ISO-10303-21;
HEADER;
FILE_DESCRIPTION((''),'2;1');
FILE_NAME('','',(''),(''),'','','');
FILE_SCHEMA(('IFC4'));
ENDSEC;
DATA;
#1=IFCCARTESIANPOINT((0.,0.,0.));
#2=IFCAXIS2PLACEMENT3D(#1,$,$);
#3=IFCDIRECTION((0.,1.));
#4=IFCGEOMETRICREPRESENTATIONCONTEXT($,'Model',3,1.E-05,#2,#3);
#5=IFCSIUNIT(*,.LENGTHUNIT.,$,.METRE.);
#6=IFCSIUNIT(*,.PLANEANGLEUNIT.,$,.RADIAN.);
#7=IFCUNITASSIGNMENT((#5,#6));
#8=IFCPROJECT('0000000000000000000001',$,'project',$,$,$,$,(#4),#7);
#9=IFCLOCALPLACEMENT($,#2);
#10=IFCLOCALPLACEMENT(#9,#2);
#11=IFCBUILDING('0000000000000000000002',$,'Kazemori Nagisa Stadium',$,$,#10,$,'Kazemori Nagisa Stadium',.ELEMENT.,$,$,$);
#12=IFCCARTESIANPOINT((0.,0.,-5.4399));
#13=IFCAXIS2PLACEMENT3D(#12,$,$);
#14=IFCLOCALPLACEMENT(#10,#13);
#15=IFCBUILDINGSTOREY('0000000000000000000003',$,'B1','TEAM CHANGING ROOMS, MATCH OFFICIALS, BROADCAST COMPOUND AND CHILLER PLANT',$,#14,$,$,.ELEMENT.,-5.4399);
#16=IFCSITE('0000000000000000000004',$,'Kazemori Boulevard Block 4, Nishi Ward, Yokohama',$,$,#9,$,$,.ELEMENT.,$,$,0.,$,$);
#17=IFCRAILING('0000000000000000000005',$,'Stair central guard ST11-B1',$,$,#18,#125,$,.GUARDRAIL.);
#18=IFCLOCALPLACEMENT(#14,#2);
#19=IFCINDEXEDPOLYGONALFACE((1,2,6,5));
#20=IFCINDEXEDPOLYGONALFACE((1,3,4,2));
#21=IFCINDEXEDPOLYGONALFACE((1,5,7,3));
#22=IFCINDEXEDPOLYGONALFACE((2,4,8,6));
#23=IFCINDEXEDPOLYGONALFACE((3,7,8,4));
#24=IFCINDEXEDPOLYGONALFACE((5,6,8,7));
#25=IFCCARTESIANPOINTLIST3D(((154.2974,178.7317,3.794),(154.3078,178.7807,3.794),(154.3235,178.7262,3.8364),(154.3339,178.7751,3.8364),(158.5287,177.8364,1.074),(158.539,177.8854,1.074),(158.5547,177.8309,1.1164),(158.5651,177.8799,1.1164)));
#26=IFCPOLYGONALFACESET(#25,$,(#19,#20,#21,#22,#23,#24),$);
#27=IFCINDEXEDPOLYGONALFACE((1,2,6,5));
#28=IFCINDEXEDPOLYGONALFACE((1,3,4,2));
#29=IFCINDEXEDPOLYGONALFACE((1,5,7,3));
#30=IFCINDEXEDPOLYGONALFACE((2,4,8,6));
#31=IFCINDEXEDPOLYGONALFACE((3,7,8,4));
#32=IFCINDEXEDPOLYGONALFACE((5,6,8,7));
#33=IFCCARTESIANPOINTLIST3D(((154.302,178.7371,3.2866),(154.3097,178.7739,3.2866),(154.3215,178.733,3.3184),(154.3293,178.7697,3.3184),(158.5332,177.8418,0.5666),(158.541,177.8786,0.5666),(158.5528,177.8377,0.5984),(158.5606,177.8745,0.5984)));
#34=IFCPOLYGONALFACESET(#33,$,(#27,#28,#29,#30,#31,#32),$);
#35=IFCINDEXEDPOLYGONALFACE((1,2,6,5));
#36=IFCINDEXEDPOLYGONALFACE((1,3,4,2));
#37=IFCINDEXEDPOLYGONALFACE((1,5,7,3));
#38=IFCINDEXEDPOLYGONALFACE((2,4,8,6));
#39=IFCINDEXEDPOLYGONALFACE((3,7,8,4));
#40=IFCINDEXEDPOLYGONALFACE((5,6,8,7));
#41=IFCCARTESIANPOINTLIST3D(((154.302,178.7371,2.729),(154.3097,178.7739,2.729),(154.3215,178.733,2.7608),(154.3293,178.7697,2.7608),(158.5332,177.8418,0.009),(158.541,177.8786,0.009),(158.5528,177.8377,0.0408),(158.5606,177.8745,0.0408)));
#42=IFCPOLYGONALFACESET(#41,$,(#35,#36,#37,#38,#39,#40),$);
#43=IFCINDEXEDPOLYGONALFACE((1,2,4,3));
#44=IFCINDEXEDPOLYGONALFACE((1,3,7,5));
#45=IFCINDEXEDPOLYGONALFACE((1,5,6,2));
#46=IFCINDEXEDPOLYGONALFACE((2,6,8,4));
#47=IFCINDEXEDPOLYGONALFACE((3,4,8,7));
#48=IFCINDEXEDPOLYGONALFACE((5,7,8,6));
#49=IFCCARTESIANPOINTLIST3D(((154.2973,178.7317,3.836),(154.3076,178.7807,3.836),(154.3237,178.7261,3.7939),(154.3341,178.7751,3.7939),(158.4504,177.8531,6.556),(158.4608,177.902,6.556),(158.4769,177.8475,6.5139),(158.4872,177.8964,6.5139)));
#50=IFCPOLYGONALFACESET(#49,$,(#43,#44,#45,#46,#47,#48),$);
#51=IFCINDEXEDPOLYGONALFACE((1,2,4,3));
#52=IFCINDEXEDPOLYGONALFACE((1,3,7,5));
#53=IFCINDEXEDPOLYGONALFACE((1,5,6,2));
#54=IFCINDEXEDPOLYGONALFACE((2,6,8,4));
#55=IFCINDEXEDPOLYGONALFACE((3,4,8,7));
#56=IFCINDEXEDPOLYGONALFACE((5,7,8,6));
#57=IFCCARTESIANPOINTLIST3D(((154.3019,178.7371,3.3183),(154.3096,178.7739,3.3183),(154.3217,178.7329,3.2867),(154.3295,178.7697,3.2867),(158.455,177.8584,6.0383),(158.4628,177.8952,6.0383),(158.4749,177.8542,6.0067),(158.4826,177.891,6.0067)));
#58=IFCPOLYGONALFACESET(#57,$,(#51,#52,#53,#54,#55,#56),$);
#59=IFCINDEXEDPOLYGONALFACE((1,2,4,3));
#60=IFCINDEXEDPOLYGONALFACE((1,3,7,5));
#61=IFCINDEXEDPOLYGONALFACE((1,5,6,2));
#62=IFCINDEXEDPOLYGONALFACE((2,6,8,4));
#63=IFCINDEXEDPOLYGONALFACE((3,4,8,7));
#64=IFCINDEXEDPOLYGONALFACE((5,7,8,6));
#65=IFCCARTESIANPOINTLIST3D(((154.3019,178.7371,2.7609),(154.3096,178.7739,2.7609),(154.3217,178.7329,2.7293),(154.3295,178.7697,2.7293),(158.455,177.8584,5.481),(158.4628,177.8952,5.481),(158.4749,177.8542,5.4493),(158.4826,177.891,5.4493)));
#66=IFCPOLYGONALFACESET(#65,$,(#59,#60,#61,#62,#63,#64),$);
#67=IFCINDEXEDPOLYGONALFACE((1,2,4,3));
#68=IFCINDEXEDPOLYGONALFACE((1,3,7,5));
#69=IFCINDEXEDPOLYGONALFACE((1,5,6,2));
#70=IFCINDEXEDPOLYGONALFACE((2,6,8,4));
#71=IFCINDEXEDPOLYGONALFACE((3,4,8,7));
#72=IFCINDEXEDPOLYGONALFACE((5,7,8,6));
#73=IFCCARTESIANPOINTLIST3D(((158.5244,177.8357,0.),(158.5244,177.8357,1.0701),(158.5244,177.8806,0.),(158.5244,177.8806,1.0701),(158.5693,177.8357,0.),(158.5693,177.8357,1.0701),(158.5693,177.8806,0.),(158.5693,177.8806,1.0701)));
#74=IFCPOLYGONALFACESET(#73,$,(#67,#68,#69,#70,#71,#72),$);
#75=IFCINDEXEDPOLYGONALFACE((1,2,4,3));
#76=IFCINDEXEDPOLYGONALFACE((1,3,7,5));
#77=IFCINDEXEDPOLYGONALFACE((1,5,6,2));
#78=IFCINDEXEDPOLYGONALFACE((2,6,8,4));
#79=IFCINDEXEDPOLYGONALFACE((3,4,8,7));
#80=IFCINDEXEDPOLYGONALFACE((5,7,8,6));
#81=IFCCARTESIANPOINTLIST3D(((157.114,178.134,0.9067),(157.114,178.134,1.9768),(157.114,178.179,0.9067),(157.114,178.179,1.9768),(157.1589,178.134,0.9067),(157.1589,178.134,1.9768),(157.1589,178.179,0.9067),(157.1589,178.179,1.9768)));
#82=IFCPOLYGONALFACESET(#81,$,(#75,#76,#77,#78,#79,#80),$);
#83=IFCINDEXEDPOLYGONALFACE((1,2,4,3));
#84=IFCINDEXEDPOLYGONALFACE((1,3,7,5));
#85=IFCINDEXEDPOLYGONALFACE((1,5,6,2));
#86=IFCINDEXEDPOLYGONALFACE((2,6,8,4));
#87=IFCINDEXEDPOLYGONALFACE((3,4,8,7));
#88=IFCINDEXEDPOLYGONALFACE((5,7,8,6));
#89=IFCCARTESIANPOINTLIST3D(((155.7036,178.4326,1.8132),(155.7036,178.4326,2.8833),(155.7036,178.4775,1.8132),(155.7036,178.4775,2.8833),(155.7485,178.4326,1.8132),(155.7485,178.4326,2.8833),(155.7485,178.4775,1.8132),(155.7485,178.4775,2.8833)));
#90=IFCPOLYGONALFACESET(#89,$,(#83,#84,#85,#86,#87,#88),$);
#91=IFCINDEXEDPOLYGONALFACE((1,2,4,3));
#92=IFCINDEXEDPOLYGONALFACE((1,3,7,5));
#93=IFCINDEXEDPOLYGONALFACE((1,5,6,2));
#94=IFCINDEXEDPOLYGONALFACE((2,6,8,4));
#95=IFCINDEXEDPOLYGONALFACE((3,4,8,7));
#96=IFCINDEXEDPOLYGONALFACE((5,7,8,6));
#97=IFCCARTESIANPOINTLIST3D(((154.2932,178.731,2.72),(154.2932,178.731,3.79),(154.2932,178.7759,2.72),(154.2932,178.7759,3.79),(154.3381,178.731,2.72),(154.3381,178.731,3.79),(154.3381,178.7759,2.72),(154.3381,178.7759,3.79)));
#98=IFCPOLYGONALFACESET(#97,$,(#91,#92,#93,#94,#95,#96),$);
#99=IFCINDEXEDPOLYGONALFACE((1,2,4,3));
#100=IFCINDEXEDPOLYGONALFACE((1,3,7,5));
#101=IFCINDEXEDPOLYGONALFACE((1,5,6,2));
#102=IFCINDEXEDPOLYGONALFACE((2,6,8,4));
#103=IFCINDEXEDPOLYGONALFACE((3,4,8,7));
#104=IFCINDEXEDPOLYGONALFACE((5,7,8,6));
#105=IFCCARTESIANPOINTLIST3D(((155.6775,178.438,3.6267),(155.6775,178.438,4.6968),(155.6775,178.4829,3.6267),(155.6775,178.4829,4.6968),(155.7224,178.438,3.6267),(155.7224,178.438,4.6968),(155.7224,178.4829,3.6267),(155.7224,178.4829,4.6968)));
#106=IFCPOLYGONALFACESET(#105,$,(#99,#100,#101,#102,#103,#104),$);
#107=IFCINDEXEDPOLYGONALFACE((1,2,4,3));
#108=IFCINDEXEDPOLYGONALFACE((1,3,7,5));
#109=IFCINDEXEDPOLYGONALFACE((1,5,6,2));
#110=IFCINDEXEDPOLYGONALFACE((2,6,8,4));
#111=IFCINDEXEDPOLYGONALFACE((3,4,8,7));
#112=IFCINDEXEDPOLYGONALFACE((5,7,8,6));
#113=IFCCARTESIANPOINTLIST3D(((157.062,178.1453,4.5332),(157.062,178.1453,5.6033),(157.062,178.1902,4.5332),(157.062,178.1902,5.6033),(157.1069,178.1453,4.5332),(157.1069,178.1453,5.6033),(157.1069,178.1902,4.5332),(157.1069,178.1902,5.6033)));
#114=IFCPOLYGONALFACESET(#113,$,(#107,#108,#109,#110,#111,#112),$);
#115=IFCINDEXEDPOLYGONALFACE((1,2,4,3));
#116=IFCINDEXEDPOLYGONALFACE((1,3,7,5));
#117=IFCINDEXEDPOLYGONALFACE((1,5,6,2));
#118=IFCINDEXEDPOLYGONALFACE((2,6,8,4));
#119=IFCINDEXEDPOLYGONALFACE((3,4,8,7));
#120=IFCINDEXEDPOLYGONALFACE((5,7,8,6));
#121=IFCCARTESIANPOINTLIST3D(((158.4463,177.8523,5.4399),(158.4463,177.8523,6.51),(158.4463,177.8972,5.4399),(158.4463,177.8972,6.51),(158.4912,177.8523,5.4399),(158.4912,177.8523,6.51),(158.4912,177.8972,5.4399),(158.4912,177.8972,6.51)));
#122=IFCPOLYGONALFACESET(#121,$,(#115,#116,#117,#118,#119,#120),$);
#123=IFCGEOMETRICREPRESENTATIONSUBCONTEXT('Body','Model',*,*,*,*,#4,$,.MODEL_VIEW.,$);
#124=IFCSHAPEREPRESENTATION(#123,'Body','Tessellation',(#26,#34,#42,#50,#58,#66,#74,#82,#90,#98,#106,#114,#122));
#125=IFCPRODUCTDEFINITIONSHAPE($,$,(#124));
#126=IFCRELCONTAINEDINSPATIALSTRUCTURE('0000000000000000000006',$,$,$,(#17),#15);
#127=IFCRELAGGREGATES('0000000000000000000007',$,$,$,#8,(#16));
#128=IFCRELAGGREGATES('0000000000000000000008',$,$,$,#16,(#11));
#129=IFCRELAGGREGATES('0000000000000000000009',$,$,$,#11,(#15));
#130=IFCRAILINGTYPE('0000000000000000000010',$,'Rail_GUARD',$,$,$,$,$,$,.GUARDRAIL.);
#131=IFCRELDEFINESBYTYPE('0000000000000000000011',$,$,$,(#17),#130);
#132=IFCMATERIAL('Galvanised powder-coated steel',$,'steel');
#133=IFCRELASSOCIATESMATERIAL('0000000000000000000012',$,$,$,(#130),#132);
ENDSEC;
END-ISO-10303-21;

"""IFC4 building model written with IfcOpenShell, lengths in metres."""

from ifc_helpers import new_model, si_unit, direction, frame, origin, origin_2d, place, context, subcontext, project, spatial, rectangle, extrude, material, type_object, element, save


model = new_model("IFC4")

# Units and contexts
model_context = context("Model", 3, precision=1e-05, world=origin(), true_north=direction((0.0, 1.0)))
body_context = subcontext(model_context, "Body", "Model", "MODEL_VIEW")
ifc_project = project(units=[si_unit("LENGTHUNIT", "METRE"), si_unit("PLANEANGLEUNIT", "RADIAN")], contexts=[model_context])

# Site, building, storey
site_placement = place(None, origin())
site = spatial("IfcSite", under=ifc_project, at=site_placement, Name="Kazemori Boulevard Block 4, Nishi Ward, Yokohama", CompositionType="ELEMENT", RefElevation=0.0)
building_placement = place(site_placement, origin())
building = spatial("IfcBuilding", under=site, at=building_placement, Name="Kazemori Nagisa Stadium", LongName="Kazemori Nagisa Stadium", CompositionType="ELEMENT")
storey_placement = place(building_placement, frame((0.0, 0.0, -5.4399)))
storey = spatial("IfcBuildingStorey", under=building, at=storey_placement, Name="B1", Description="TEAM CHANGING ROOMS, MATCH OFFICIALS, BROADCAST COMPOUND AND CHILLER PLANT", CompositionType="ELEMENT", Elevation=-5.4399)

# Railing
ifc_material_1 = material(Name="Galvanised powder-coated steel", Category="steel")
railing_type_1 = type_object("IfcRailingType", Name="Rail_GUARD", PredefinedType="GUARDRAIL", material=ifc_material_1)
railing_1_placement = place(storey_placement, frame((158.5469, 177.8582, 0.0)))
element("IfcRailing", 1, at=railing_1_placement, inside=storey, type_object=railing_type_1, Name="Stair central guard ST11-B1", PredefinedType="GUARDRAIL", context=body_context, shape_type="SweptSolid", body=[
    extrude(rectangle(XDim=0.05, YDim=0.05, at=origin_2d()), frame((0.0, 0.0, 1.0952), z_axis=(-0.828171, 0.17523, 0.532379), x_axis=(-0.207003, -0.97834, 0.0)), (0.0, 0.0, 1.0), 5.1091),
    extrude(rectangle(XDim=0.0376, YDim=0.0376, at=origin_2d()), frame((0.0, 0.0, 0.5825), z_axis=(-0.828171, 0.17523, 0.532379), x_axis=(-0.207003, -0.97834, 0.0)), (0.0, 0.0, 1.0), 5.1091),
    extrude(rectangle(XDim=0.0376, YDim=0.0376, at=origin_2d()), frame((0.0, 0.0, 0.0249), z_axis=(-0.828171, 0.17523, 0.532379), x_axis=(-0.207003, -0.97834, 0.0)), (0.0, 0.0, 1.0), 5.1091),
    extrude(rectangle(XDim=0.05, YDim=0.05, at=origin_2d()), frame((-4.2312, 0.8953, 3.8149), z_axis=(0.823752, -0.17428, 0.539499), x_axis=(0.206987, 0.978344, 0.0)), (0.0, 0.0, 1.0), 5.0417),
    extrude(rectangle(XDim=0.0376, YDim=0.0376, at=origin_2d()), frame((-4.2312, 0.8953, 3.3025), z_axis=(0.823752, -0.17428, 0.539499), x_axis=(0.206987, 0.978344, 0.0)), (0.0, 0.0, 1.0), 5.0417),
    extrude(rectangle(XDim=0.0376, YDim=0.0376, at=origin_2d()), frame((-4.2312, 0.8953, 2.7451), z_axis=(0.823752, -0.17428, 0.539499), x_axis=(0.206987, 0.978344, 0.0)), (0.0, 0.0, 1.0), 5.0417),
    extrude(rectangle(XDim=0.0449, YDim=0.0449, at=origin_2d()), origin(), (0.0, 0.0, 1.0), 1.0701),
    extrude(rectangle(XDim=0.0449, YDim=0.0449, at=origin_2d()), frame((-1.4104, 0.2983, 0.9067)), (0.0, 0.0, 1.0), 1.0701),
    extrude(rectangle(XDim=0.0449, YDim=0.0449, at=origin_2d()), frame((-2.8208, 0.5969, 1.8132)), (0.0, 0.0, 1.0), 1.0701),
    extrude(rectangle(XDim=0.0449, YDim=0.0449, at=origin_2d()), frame((-4.2312, 0.8953, 2.72)), (0.0, 0.0, 1.0), 1.0701),
    extrude(rectangle(XDim=0.0449, YDim=0.0449, at=origin_2d()), frame((-2.8469, 0.6023, 3.6267)), (0.0, 0.0, 1.0), 1.0701),
    extrude(rectangle(XDim=0.0449, YDim=0.0449, at=origin_2d()), frame((-1.4624, 0.3096, 4.5332)), (0.0, 0.0, 1.0), 1.0701),
    extrude(rectangle(XDim=0.0449, YDim=0.0449, at=origin_2d()), frame((-0.0781, 0.0166, 5.4399)), (0.0, 0.0, 1.0), 1.0701),
])

save(model, "model.ifc")
